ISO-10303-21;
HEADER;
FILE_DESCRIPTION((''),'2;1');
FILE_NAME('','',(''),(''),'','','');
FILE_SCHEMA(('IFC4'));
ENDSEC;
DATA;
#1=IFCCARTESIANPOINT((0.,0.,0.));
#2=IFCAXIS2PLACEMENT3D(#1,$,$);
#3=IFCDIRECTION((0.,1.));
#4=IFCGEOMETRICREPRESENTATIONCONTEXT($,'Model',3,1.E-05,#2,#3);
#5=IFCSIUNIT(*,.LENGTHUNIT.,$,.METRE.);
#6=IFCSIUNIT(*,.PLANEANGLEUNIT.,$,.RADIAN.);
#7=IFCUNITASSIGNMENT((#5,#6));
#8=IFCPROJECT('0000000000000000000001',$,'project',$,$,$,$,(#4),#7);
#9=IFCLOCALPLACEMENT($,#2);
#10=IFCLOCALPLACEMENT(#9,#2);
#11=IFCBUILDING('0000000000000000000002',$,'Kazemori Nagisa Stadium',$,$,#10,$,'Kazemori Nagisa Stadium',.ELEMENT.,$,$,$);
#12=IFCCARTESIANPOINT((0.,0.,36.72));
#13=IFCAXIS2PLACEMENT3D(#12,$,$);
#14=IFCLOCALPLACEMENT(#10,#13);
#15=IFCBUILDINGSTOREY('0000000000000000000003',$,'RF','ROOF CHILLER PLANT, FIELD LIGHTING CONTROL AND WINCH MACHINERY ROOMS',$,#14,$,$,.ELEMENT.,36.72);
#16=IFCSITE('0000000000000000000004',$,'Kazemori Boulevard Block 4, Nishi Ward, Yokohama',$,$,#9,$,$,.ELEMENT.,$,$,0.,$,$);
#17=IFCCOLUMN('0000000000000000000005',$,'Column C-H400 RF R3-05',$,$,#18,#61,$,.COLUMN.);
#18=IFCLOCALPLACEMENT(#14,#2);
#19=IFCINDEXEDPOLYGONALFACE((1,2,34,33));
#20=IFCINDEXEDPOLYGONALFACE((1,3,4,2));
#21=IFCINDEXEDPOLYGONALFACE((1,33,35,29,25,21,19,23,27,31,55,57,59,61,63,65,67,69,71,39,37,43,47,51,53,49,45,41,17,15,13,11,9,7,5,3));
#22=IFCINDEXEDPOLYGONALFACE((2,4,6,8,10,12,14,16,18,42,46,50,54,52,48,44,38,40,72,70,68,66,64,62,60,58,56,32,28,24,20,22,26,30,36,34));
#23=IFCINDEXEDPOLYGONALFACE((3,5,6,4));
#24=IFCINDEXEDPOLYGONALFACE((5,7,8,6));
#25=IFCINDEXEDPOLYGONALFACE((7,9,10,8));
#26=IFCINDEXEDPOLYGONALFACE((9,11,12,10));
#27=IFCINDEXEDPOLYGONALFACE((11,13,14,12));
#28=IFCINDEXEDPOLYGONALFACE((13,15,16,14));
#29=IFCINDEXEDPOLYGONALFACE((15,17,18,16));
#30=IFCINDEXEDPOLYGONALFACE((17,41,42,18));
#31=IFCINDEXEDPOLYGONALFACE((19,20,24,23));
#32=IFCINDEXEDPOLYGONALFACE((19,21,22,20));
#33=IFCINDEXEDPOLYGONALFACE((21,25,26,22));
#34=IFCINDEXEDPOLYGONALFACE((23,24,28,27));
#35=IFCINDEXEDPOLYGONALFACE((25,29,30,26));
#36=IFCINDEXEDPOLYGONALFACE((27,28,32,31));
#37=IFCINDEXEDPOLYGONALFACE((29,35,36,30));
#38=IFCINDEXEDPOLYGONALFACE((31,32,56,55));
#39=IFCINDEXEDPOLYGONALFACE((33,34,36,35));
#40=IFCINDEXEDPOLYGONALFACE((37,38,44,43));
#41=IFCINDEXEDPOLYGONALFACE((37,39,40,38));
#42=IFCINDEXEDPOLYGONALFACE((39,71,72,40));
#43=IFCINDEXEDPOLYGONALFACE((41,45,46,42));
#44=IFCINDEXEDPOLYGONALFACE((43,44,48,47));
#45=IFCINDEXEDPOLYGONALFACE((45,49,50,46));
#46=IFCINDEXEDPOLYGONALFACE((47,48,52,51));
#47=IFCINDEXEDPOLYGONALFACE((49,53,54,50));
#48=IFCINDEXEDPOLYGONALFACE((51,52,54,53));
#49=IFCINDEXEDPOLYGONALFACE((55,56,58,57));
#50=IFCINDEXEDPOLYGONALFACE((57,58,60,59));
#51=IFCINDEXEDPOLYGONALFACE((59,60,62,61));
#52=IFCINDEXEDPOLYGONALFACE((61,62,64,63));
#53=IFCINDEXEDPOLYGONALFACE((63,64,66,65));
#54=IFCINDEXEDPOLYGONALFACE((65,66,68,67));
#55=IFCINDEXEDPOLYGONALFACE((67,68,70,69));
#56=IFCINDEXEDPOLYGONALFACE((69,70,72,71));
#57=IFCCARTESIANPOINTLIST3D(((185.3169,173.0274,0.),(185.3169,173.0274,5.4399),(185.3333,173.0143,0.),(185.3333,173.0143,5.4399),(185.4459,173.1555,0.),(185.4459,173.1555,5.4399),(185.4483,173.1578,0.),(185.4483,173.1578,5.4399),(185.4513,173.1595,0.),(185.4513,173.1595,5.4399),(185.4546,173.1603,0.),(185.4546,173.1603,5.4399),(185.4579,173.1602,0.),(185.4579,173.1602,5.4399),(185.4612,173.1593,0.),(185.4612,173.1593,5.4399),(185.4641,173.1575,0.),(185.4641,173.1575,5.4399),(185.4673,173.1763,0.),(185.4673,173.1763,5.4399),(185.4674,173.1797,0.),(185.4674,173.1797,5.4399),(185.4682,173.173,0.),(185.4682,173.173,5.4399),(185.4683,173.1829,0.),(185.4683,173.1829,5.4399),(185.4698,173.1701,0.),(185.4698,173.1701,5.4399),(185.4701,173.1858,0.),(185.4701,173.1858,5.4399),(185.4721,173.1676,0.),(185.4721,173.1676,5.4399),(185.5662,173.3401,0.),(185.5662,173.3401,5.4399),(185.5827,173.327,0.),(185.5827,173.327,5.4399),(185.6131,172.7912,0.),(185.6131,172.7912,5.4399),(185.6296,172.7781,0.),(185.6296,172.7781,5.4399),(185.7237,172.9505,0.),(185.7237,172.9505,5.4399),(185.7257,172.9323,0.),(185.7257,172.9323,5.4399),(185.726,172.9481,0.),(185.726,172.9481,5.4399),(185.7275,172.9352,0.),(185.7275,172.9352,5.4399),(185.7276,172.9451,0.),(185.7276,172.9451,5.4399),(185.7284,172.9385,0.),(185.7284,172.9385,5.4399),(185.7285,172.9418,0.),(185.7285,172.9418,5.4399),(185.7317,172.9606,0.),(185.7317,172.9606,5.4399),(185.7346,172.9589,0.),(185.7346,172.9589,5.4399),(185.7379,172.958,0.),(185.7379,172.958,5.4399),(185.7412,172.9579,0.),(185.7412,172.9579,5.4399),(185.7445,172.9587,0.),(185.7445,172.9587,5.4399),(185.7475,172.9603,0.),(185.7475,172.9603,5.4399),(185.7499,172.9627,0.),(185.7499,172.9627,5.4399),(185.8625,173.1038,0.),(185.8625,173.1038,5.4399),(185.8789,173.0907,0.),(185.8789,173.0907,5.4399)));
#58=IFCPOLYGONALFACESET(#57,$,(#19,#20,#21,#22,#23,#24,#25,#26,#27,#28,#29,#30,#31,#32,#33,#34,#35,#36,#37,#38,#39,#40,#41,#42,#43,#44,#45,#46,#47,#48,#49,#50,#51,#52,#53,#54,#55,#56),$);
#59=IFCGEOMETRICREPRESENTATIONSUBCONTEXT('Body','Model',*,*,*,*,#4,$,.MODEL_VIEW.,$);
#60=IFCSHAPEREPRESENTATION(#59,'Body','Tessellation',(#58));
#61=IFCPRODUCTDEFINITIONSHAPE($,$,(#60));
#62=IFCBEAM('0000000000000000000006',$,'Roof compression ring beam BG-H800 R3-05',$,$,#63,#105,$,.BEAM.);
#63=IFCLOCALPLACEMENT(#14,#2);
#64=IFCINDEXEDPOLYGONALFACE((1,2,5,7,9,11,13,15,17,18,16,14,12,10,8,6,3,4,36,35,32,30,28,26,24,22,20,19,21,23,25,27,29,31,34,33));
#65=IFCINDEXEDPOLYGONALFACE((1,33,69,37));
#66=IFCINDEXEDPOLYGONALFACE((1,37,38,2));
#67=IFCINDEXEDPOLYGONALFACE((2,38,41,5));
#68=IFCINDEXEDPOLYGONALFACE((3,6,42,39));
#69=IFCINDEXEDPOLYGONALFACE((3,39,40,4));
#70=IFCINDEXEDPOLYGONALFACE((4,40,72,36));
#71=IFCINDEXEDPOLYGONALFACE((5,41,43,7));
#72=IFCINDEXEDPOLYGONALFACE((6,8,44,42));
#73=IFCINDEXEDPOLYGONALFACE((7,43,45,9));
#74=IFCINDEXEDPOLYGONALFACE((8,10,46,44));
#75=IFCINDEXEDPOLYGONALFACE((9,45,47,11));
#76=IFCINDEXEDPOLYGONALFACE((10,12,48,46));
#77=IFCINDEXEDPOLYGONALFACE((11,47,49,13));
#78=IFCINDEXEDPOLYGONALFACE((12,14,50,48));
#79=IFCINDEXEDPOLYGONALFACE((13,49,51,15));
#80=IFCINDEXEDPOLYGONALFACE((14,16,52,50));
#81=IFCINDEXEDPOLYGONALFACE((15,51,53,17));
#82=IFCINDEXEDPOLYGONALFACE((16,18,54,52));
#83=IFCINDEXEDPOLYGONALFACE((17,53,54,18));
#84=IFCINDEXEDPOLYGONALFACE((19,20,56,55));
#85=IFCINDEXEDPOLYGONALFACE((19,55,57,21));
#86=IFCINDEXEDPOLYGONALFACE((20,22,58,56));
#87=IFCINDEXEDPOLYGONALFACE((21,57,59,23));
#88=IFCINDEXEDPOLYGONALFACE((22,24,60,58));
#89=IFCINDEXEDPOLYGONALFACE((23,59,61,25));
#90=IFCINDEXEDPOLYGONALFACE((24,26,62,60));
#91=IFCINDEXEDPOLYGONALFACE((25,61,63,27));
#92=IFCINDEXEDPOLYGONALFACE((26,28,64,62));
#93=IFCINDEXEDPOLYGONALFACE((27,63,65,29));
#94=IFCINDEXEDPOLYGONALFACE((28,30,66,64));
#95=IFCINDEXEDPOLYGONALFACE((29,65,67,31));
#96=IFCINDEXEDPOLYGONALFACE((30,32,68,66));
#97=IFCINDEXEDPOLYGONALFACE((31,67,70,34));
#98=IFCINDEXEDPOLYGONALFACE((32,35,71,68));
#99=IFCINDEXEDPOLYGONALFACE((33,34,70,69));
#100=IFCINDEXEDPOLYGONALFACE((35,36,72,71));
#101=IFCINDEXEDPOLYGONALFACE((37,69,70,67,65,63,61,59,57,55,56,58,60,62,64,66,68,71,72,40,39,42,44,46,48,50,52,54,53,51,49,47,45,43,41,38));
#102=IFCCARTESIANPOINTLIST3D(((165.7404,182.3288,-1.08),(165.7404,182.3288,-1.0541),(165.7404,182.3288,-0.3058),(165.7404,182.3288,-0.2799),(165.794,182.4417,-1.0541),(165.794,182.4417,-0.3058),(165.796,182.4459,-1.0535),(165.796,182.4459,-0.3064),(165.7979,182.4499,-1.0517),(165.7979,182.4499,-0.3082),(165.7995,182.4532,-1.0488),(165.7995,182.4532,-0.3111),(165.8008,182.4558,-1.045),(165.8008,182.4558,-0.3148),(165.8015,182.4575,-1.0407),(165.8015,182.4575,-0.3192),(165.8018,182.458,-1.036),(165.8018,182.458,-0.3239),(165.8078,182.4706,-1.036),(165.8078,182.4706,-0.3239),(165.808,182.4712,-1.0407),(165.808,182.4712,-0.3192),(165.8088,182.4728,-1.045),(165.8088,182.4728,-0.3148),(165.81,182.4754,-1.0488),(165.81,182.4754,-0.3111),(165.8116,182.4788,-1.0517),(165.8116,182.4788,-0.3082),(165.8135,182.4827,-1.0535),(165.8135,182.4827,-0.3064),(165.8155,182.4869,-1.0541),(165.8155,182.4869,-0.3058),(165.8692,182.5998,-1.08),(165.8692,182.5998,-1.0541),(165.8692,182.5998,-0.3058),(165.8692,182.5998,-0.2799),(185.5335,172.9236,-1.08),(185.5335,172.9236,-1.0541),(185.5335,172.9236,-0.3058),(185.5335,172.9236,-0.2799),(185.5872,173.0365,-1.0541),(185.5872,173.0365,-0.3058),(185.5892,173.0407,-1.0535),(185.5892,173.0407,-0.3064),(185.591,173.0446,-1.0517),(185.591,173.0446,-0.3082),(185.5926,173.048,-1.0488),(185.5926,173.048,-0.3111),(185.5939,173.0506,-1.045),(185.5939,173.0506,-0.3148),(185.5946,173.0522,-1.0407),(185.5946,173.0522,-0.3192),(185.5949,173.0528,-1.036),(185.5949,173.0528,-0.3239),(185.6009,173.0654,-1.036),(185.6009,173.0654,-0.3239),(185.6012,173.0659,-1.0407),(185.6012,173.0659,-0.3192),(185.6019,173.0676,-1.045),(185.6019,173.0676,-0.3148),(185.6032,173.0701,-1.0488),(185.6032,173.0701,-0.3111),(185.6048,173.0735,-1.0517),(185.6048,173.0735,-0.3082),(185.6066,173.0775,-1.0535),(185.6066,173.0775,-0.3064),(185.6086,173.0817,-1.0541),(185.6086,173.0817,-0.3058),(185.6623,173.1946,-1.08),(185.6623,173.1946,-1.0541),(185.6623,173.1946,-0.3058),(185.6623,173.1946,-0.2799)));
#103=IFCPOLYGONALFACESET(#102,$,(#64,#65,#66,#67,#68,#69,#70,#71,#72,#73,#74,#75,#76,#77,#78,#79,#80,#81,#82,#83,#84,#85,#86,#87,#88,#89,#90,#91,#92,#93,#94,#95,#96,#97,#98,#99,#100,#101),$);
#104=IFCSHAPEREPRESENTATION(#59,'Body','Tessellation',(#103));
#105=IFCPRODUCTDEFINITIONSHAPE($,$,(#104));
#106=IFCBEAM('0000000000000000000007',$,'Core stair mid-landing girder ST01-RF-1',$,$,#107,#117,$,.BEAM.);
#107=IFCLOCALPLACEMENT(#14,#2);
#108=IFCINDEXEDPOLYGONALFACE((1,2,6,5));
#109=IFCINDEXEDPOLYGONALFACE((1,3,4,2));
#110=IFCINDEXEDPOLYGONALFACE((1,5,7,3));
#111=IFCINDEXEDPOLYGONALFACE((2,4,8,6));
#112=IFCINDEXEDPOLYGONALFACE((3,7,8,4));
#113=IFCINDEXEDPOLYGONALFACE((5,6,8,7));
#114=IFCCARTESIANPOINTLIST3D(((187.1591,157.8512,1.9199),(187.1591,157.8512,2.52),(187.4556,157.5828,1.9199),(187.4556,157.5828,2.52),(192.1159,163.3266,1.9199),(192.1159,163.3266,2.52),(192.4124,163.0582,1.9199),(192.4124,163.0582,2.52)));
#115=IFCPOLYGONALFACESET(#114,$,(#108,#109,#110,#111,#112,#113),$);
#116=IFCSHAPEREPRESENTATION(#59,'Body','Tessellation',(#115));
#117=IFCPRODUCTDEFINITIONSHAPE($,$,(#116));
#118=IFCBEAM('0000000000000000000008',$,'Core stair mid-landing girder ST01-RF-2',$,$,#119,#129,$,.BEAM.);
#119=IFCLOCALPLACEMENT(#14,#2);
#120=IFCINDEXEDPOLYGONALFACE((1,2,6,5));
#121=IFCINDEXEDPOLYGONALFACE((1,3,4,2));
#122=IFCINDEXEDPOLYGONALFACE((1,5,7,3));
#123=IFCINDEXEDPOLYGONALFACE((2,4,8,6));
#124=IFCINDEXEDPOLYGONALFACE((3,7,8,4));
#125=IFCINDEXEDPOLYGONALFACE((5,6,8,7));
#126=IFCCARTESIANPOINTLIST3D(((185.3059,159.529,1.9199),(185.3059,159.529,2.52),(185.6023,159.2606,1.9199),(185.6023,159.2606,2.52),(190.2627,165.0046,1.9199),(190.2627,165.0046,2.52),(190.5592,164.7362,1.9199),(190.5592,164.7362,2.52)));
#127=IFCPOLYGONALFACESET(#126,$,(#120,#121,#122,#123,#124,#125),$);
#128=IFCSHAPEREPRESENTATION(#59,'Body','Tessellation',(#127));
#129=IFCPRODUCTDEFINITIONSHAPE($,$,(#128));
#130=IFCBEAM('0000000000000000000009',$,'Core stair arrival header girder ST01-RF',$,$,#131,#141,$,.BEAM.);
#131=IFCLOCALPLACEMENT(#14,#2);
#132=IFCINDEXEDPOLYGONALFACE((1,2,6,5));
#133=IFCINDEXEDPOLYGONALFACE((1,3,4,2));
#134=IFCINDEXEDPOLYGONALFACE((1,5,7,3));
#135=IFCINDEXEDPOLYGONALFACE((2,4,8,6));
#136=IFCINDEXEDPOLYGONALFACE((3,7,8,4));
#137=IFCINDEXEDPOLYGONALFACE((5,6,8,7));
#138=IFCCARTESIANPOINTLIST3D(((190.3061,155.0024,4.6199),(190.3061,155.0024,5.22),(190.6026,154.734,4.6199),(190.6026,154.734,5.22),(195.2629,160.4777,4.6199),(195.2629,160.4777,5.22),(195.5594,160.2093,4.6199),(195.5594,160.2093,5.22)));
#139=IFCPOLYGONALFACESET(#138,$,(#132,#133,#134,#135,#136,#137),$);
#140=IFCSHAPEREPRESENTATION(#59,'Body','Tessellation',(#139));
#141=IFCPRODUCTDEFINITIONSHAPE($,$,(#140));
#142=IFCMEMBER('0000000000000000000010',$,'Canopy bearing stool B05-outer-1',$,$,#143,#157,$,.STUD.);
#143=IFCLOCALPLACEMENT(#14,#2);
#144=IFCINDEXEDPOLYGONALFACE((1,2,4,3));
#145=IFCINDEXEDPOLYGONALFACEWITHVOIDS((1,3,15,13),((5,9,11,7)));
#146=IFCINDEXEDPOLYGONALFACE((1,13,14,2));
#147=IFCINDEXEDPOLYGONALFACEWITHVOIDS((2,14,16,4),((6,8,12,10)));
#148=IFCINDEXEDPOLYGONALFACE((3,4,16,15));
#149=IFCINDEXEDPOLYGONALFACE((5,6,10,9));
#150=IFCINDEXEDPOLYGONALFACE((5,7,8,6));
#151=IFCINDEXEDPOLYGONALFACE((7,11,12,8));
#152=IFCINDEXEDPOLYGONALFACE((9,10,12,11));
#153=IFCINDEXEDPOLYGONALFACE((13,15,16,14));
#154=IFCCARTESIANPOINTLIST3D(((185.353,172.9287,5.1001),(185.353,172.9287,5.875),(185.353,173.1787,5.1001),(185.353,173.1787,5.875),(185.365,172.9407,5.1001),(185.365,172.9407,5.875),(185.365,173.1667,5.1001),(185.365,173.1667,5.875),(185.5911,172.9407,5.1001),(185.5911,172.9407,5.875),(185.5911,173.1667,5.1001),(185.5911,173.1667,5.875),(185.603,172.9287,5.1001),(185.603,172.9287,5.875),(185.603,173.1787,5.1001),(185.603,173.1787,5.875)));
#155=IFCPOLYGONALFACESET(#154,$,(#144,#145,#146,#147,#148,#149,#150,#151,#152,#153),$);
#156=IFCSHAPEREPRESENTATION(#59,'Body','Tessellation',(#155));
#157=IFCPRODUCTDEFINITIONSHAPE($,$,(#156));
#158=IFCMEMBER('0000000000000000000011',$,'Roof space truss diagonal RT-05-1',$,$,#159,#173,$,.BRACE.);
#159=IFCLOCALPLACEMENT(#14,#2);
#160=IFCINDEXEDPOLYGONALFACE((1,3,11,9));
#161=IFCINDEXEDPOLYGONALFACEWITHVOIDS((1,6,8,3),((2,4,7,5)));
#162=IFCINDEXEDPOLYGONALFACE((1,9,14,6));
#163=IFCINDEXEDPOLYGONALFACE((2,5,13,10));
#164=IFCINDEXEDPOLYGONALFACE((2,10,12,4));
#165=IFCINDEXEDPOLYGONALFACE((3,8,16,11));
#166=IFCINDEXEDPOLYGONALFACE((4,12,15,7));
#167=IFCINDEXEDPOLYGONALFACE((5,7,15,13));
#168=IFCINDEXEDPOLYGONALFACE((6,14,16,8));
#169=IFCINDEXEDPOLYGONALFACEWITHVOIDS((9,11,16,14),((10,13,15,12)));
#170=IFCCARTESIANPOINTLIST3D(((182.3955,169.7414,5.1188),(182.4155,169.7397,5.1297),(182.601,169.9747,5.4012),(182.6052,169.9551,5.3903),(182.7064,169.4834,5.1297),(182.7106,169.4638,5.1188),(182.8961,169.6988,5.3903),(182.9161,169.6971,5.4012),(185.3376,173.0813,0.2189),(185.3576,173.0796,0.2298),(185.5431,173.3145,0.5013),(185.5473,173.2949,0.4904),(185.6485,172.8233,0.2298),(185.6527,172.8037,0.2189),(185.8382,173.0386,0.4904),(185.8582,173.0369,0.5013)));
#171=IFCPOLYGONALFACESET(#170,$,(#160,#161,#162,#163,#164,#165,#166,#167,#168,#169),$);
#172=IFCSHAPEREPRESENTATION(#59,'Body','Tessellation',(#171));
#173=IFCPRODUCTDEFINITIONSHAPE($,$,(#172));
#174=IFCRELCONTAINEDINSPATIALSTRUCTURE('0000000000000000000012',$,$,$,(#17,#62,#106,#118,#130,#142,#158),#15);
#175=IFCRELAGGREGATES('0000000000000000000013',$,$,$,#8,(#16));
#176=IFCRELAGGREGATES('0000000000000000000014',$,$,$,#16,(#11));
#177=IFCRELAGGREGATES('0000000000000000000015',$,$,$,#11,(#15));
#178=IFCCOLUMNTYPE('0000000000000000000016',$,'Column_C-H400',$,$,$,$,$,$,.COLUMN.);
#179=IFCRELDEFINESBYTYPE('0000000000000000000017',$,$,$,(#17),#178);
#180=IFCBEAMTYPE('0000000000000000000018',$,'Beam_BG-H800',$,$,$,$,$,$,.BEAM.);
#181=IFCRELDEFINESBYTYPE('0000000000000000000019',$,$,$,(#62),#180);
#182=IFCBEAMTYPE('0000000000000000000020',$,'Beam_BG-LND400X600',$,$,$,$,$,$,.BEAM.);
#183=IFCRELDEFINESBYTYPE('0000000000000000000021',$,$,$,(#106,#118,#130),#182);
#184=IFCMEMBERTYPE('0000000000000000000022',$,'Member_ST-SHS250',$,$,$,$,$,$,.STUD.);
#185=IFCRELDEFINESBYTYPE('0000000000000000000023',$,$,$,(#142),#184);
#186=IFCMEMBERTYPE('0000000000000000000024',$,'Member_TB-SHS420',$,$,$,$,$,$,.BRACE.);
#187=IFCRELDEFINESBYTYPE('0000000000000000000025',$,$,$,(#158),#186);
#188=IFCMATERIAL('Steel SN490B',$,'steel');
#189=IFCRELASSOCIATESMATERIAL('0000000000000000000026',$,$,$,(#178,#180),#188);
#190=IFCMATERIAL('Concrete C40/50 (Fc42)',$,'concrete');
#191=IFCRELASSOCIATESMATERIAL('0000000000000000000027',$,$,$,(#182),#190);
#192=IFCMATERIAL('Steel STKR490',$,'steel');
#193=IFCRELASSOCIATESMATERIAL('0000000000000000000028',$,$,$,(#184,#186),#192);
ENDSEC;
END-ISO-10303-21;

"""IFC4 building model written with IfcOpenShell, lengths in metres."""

from ifc_helpers import new_model, si_unit, direction, frame, origin, origin_2d, place, context, subcontext, project, spatial, rectangle, hollow_rectangle, i_section, extrude, material, material_profile, profile_set, type_object, element, save


model = new_model("IFC4")

# Units and contexts
model_context = context("Model", 3, precision=1e-05, world=origin(), true_north=direction((0.0, 1.0)))
body_context = subcontext(model_context, "Body", "Model", "MODEL_VIEW")
ifc_project = project(units=[si_unit("LENGTHUNIT", "METRE"), si_unit("PLANEANGLEUNIT", "RADIAN")], contexts=[model_context])

# Site, building, storey
site_placement = place(None, origin())
site = spatial("IfcSite", under=ifc_project, at=site_placement, Name="Kazemori Boulevard Block 4, Nishi Ward, Yokohama", CompositionType="ELEMENT", RefElevation=0.0)
building_placement = place(site_placement, origin())
building = spatial("IfcBuilding", under=site, at=building_placement, Name="Kazemori Nagisa Stadium", LongName="Kazemori Nagisa Stadium", CompositionType="ELEMENT")
storey_placement = place(building_placement, frame((0.0, 0.0, 36.72)))
storey = spatial("IfcBuildingStorey", under=building, at=storey_placement, Name="RF", Description="ROOF CHILLER PLANT, FIELD LIGHTING CONTROL AND WINCH MACHINERY ROOMS", CompositionType="ELEMENT", Elevation=36.72)

# Column
ifc_material_1 = material(Name="Steel SN490B", Category="steel")
ifc_material_profile_1 = material_profile(ifc_material_1, i_section(OverallWidth=0.3999, OverallDepth=0.3999, WebThickness=0.0129, FlangeThickness=0.021, FilletRadius=0.0129, at=origin_2d()), Name="H-400x400x13x21")
ifc_profile_set_1 = profile_set([ifc_material_profile_1], Name="Steel SN490B")
column_type = type_object("IfcColumnType", Name="Column_C-H400", PredefinedType="COLUMN", material=ifc_profile_set_1)
column_placement = place(storey_placement, frame((185.5979, 173.0591, 0.0), z_axis=(0.0, 0.0, 1.0), x_axis=(0.62349, 0.781831, 0.0)))
element("IfcColumn", 1, at=column_placement, inside=storey, type_object=column_type, Name="Column C-H400 RF R3-05", PredefinedType="COLUMN", context=body_context, shape_type="SweptSolid", body=[
    extrude(i_section(OverallWidth=0.3999, OverallDepth=0.3999, WebThickness=0.0129, FlangeThickness=0.021, FilletRadius=0.0129, at=origin_2d()), origin(), (0.0, 0.0, 1.0), 5.4399),
])

# Beams
ifc_material_profile_2 = material_profile(ifc_material_1, i_section(OverallWidth=0.3, OverallDepth=0.8, WebThickness=0.0139, FlangeThickness=0.0259, FilletRadius=0.0181, at=origin_2d()), Name="H-800x300x14x26")
ifc_profile_set_2 = profile_set([ifc_material_profile_2], Name="Steel SN490B")
beam_type_1 = type_object("IfcBeamType", Name="Beam_BG-H800", PredefinedType="BEAM", material=ifc_profile_set_2)
beam_1_placement = place(storey_placement, frame((185.5979, 173.0591, -0.6799), z_axis=(-0.903216, 0.429187, 0.0), x_axis=(-0.429187, -0.903216, 0.0)))
element("IfcBeam", 2, at=beam_1_placement, inside=storey, type_object=beam_type_1, Name="Roof compression ring beam BG-H800 R3-05", PredefinedType="BEAM", context=body_context, shape_type="SweptSolid", body=[
    extrude(i_section(OverallWidth=0.3, OverallDepth=0.8, WebThickness=0.0139, FlangeThickness=0.0259, FilletRadius=0.0181, at=origin_2d()), origin(), (0.0, 0.0, 1.0), 21.9141),
])
ifc_material_2 = material(Name="Concrete C40/50 (Fc42)", Category="concrete")
ifc_material_profile_3 = material_profile(ifc_material_2, rectangle(XDim=0.3999, YDim=0.6001, at=origin_2d()), Name="RC-BM-400x600")
ifc_profile_set_3 = profile_set([ifc_material_profile_3], Name="Concrete C40/50 (Fc42)")
beam_type_2 = type_object("IfcBeamType", Name="Beam_BG-LND400X600", PredefinedType="BEAM", material=ifc_profile_set_3)
beam_2_placement = place(storey_placement, frame((187.3074, 157.717, 2.22), z_axis=(0.67113, 0.74134, 0.0), x_axis=(-0.74134, 0.67113, 0.0)))
element("IfcBeam", 3, at=beam_2_placement, inside=storey, type_object=beam_type_2, Name="Core stair mid-landing girder ST01-RF-1", PredefinedType="BEAM", context=body_context, shape_type="SweptSolid", body=[
    extrude(rectangle(XDim=0.3999, YDim=0.6001, at=origin_2d()), origin(), (0.0, 0.0, 1.0), 7.3857),
])
beam_3_placement = place(storey_placement, frame((185.4541, 159.3948, 2.22), z_axis=(0.671113, 0.741355, 0.0), x_axis=(-0.741355, 0.671113, 0.0)))
element("IfcBeam", 4, at=beam_3_placement, inside=storey, type_object=beam_type_2, Name="Core stair mid-landing girder ST01-RF-2", PredefinedType="BEAM", context=body_context, shape_type="SweptSolid", body=[
    extrude(rectangle(XDim=0.3999, YDim=0.6001, at=origin_2d()), origin(), (0.0, 0.0, 1.0), 7.386),
])
beam_4_placement = place(storey_placement, frame((190.4543, 154.8682, 4.9199), z_axis=(0.67113, 0.74134, 0.0), x_axis=(-0.74134, 0.67113, 0.0)))
element("IfcBeam", 5, at=beam_4_placement, inside=storey, type_object=beam_type_2, Name="Core stair arrival header girder ST01-RF", PredefinedType="BEAM", context=body_context, shape_type="SweptSolid", body=[
    extrude(rectangle(XDim=0.3999, YDim=0.6001, at=origin_2d()), origin(), (0.0, 0.0, 1.0), 7.3857),
])

# Members
ifc_material_3 = material(Name="Steel STKR490", Category="steel")
ifc_material_profile_4 = material_profile(ifc_material_3, hollow_rectangle(XDim=0.25, YDim=0.25, WallThickness=0.012, at=origin_2d()), Name="SHS-250x250x12")
ifc_profile_set_4 = profile_set([ifc_material_profile_4], Name="Steel STKR490")
member_type_1 = type_object("IfcMemberType", Name="Member_ST-SHS250", PredefinedType="STUD", material=ifc_profile_set_4)
member_1_placement = place(storey_placement, frame((185.478, 173.0537, 5.1001), z_axis=(0.0, 0.0, 1.0), x_axis=(1.0, 0.0, 0.0)))
element("IfcMember", 6, at=member_1_placement, inside=storey, type_object=member_type_1, Name="Canopy bearing stool B05-outer-1", PredefinedType="STUD", context=body_context, shape_type="SweptSolid", body=[
    extrude(hollow_rectangle(XDim=0.25, YDim=0.25, WallThickness=0.012, at=origin_2d()), origin(), (0.0, 0.0, 1.0), 0.7749),
])
ifc_material_profile_5 = material_profile(ifc_material_3, hollow_rectangle(XDim=0.4199, YDim=0.4199, WallThickness=0.0161, at=origin_2d()), Name="SHS-420x420x16")
ifc_profile_set_5 = profile_set([ifc_material_profile_5], Name="Steel STKR490")
member_type_2 = type_object("IfcMemberType", Name="Member_TB-SHS420", PredefinedType="BRACE", material=ifc_profile_set_5)
member_2_placement = place(storey_placement, frame((185.5979, 173.0591, 0.3601), z_axis=(-0.444455, -0.504535, 0.740206), x_axis=(0.750371, -0.661017, 0.0)))
element("IfcMember", 7, at=member_2_placement, inside=storey, type_object=member_type_2, Name="Roof space truss diagonal RT-05-1", PredefinedType="BRACE", context=body_context, shape_type="SweptSolid", body=[
    extrude(hollow_rectangle(XDim=0.4199, YDim=0.4199, WallThickness=0.0161, at=origin_2d()), origin(), (0.0, 0.0, 1.0), 6.6196),
])

save(model, "model.ifc")
